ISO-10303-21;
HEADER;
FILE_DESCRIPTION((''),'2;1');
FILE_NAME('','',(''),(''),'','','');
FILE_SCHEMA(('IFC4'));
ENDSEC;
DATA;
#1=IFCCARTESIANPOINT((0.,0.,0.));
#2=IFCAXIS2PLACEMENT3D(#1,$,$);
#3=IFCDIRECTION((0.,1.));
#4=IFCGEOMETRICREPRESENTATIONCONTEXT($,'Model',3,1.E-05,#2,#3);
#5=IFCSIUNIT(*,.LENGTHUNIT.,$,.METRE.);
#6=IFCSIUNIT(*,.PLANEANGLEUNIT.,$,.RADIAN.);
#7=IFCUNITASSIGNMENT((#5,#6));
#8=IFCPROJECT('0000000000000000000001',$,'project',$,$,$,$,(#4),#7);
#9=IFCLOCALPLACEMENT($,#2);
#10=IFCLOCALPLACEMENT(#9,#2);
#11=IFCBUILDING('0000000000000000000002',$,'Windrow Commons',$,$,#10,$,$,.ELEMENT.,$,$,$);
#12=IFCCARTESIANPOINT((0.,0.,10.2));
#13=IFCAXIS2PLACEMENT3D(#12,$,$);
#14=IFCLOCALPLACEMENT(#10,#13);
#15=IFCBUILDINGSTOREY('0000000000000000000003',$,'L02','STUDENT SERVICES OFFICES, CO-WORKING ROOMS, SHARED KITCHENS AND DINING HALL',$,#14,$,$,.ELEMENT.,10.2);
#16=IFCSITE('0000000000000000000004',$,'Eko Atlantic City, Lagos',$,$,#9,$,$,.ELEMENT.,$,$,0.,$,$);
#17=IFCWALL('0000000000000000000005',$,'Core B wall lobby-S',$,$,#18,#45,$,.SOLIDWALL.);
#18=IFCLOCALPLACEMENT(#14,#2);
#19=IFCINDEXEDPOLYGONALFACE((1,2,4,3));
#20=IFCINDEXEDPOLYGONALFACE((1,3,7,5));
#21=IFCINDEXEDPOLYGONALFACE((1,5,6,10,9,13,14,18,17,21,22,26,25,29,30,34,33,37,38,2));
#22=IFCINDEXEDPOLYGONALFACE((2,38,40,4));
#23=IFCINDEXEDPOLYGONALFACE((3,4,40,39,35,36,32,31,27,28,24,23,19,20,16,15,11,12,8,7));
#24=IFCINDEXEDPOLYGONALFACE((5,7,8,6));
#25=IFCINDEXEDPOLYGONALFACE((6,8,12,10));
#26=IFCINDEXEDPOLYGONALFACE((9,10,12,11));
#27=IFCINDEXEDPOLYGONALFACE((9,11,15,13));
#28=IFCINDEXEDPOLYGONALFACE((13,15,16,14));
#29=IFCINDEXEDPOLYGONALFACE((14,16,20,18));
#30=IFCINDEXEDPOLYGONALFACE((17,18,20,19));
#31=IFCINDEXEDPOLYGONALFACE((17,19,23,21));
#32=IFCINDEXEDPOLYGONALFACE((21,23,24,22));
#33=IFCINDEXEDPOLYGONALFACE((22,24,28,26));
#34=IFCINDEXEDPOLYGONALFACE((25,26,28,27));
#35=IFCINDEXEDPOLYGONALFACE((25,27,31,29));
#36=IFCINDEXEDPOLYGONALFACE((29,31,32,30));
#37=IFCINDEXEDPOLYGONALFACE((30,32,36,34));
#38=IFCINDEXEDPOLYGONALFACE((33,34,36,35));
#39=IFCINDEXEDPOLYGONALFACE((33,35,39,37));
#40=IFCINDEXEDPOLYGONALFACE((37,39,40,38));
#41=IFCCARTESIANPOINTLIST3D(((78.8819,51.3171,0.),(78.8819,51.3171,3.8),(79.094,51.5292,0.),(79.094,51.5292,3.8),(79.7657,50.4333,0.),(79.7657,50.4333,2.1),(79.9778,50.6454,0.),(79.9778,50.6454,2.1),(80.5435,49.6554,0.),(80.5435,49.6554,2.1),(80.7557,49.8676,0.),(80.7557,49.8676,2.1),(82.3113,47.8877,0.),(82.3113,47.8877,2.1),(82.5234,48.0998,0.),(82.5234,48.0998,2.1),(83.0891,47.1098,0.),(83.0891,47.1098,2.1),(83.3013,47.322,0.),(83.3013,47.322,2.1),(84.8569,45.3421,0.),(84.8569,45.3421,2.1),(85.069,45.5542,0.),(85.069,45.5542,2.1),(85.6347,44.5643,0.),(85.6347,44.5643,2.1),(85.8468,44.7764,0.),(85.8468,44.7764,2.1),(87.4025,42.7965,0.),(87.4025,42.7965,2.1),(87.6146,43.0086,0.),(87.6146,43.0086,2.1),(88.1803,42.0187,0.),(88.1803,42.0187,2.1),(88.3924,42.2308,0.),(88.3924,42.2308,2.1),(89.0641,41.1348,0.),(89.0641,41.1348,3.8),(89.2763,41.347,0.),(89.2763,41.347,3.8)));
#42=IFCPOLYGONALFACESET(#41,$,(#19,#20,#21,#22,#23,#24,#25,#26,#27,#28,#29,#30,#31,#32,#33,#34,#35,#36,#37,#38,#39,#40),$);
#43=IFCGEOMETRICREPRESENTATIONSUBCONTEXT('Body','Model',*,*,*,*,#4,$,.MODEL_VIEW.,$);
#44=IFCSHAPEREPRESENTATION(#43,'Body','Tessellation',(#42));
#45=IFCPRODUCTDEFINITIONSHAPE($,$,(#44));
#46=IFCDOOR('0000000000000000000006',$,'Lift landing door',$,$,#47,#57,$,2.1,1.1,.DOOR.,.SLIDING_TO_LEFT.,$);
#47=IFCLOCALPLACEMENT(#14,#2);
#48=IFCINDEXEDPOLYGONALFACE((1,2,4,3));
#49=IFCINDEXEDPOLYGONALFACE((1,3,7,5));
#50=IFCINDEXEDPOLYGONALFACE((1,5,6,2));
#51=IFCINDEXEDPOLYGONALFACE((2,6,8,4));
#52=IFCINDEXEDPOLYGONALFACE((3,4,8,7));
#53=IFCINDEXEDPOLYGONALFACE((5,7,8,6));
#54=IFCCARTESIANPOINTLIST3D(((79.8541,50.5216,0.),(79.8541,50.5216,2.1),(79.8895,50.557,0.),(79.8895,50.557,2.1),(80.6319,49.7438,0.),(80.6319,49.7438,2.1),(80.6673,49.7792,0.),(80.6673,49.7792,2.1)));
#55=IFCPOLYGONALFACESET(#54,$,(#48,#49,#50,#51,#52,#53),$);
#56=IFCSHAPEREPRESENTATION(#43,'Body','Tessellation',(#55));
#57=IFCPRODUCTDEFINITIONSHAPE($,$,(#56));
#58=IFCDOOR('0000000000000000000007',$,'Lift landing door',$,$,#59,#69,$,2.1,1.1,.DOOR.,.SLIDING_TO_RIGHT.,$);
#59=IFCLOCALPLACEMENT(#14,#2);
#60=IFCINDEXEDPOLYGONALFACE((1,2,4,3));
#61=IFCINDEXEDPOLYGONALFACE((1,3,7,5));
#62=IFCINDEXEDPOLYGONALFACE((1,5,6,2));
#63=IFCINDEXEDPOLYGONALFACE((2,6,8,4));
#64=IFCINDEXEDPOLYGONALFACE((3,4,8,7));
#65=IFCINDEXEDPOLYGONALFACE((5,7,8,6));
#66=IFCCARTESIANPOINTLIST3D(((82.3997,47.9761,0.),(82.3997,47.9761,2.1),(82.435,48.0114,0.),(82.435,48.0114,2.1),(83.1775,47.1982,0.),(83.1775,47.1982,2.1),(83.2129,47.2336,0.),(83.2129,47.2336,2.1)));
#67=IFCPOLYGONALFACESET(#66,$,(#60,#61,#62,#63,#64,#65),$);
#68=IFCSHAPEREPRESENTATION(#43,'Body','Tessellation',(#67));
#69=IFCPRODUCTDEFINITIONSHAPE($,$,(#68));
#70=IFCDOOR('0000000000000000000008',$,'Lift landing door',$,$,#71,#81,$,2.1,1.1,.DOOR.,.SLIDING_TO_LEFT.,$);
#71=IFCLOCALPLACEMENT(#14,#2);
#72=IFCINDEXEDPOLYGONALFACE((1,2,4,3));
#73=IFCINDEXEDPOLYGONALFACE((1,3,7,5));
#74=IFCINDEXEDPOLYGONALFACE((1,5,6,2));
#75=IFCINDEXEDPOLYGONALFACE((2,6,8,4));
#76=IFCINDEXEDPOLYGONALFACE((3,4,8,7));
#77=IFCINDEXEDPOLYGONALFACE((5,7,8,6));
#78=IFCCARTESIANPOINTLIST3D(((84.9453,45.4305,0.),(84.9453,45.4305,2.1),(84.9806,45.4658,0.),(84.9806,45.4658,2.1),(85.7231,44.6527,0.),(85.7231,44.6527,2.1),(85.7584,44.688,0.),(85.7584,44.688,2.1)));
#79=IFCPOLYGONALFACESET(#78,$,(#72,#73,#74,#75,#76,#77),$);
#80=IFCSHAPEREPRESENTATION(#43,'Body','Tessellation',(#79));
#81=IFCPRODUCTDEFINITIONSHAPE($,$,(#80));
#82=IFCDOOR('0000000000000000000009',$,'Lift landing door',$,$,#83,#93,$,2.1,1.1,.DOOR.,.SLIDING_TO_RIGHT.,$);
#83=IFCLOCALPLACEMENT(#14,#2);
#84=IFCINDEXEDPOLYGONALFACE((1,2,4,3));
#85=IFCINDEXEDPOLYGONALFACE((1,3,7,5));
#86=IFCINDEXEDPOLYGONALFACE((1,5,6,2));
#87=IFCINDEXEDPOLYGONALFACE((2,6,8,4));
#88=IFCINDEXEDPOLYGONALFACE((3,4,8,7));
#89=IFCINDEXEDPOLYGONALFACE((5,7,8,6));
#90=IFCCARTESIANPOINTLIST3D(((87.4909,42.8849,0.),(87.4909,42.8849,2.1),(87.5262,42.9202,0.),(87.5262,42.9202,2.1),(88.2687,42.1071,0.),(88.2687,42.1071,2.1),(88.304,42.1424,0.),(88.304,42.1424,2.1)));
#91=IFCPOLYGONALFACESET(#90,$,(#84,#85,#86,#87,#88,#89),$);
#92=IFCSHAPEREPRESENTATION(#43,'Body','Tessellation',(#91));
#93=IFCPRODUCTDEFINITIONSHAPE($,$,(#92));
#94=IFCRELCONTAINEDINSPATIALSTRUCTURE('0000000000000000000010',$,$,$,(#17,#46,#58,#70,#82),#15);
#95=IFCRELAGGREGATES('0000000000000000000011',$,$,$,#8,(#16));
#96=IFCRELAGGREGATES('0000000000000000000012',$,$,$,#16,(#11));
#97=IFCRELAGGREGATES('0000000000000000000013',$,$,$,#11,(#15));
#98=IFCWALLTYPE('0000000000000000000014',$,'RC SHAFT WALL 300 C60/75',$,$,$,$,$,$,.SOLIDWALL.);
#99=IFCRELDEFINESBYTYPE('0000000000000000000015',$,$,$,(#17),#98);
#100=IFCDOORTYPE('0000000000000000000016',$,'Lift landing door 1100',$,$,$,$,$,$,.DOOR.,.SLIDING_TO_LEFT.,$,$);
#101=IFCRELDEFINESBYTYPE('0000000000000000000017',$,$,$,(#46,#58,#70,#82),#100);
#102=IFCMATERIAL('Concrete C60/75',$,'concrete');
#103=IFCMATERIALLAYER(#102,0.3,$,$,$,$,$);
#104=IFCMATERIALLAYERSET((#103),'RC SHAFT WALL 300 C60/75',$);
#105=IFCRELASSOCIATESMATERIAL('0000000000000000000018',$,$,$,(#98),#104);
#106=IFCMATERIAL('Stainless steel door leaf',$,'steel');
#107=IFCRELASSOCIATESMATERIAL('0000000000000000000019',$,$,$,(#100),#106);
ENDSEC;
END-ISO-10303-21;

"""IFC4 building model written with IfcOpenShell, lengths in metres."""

from ifc_helpers import new_model, si_unit, direction, frame, frame_2d, origin, place, context, subcontext, project, spatial, rectangle, extrude, material, layer, layer_set, type_object, element, fill, save


model = new_model("IFC4")

# Units and contexts
model_context = context("Model", 3, precision=1e-05, world=origin(), true_north=direction((0.0, 1.0)))
body_context = subcontext(model_context, "Body", "Model", "MODEL_VIEW")
ifc_project = project(units=[si_unit("LENGTHUNIT", "METRE"), si_unit("PLANEANGLEUNIT", "RADIAN")], contexts=[model_context])

# Site, building, storey
site_placement = place(None, origin())
site = spatial("IfcSite", under=ifc_project, at=site_placement, Name="Eko Atlantic City, Lagos", CompositionType="ELEMENT", RefElevation=0.0)
building_placement = place(site_placement, origin())
building = spatial("IfcBuilding", under=site, at=building_placement, Name="Windrow Commons", CompositionType="ELEMENT")
storey_placement = place(building_placement, frame((0.0, 0.0, 10.2)))
storey = spatial("IfcBuildingStorey", under=building, at=storey_placement, Name="L02", Description="STUDENT SERVICES OFFICES, CO-WORKING ROOMS, SHARED KITCHENS AND DINING HALL", CompositionType="ELEMENT", Elevation=10.2)

# Shared definitions
ifc_material_1 = material(Name="Concrete C60/75", Category="concrete")
ifc_layer_1 = layer(ifc_material_1, 0.3)
ifc_layer_set_1 = layer_set([ifc_layer_1], Name="RC SHAFT WALL 300 C60/75")
wall_type_1 = type_object("IfcWallType", Name="RC SHAFT WALL 300 C60/75", PredefinedType="SOLIDWALL", material=ifc_layer_set_1)

# Wall, openings, doors
wall_1_placement = place(storey_placement, frame((78.9879, 51.4232, 0.0), z_axis=(0.0, 0.0, 1.0), x_axis=(0.707107, -0.707107, 0.0)))
wall_1 = element("IfcWall", 1, at=wall_1_placement, inside=storey, type_object=wall_type_1, Name="Core B wall lobby-S", PredefinedType="SOLIDWALL", context=body_context, shape_type="SweptSolid", body=[
    extrude(rectangle(XDim=14.3999, YDim=0.3, at=frame_2d((7.2, 0.0))), origin(), (0.0, 0.0, 1.0), 3.8),
])
opening_1_placement = place(wall_1_placement, frame((1.25, 0.0, 0.0)))
opening_1 = element("IfcOpeningElement", 2, at=opening_1_placement, cuts=wall_1, PredefinedType="OPENING", context=body_context, shape_type="SweptSolid", body=[
    extrude(rectangle(XDim=1.1, YDim=2.1, at=frame_2d((0.55, 1.05))), frame((0.0, 0.16, 0.0), z_axis=(0.0, -1.0, 0.0), x_axis=(1.0, 0.0, 0.0)), (0.0, 0.0, 1.0), 0.32),
])
opening_2_placement = place(wall_1_placement, frame((4.85, 0.0, 0.0)))
opening_2 = element("IfcOpeningElement", 3, at=opening_2_placement, cuts=wall_1, PredefinedType="OPENING", context=body_context, shape_type="SweptSolid", body=[
    extrude(rectangle(XDim=1.1, YDim=2.1, at=frame_2d((0.55, 1.05))), frame((0.0, 0.16, 0.0), z_axis=(0.0, -1.0, 0.0), x_axis=(1.0, 0.0, 0.0)), (0.0, 0.0, 1.0), 0.32),
])
opening_3_placement = place(wall_1_placement, frame((8.45, 0.0, 0.0)))
opening_3 = element("IfcOpeningElement", 4, at=opening_3_placement, cuts=wall_1, PredefinedType="OPENING", context=body_context, shape_type="SweptSolid", body=[
    extrude(rectangle(XDim=1.1, YDim=2.1, at=frame_2d((0.55, 1.05))), frame((0.0, 0.16, 0.0), z_axis=(0.0, -1.0, 0.0), x_axis=(1.0, 0.0, 0.0)), (0.0, 0.0, 1.0), 0.32),
])
opening_4_placement = place(wall_1_placement, frame((12.05, 0.0, 0.0)))
opening_4 = element("IfcOpeningElement", 5, at=opening_4_placement, cuts=wall_1, PredefinedType="OPENING", context=body_context, shape_type="SweptSolid", body=[
    extrude(rectangle(XDim=1.1, YDim=2.1, at=frame_2d((0.55, 1.05))), frame((0.0, 0.16, 0.0), z_axis=(0.0, -1.0, 0.0), x_axis=(1.0, 0.0, 0.0)), (0.0, 0.0, 1.0), 0.32),
])
ifc_material_2 = material(Name="Stainless steel door leaf", Category="steel")
door_type_1 = type_object("IfcDoorType", Name="Lift landing door 1100", OperationType="SLIDING_TO_LEFT", PredefinedType="DOOR", material=ifc_material_2)
door_1_placement = place(opening_1_placement, origin())
door_1 = element("IfcDoor", 6, at=door_1_placement, inside=storey, type_object=door_type_1, Name="Lift landing door", OperationType="SLIDING_TO_LEFT", OverallHeight=2.1, OverallWidth=1.1, PredefinedType="DOOR", context=body_context, shape_type="SweptSolid", body=[
    extrude(rectangle(XDim=1.1, YDim=2.1, at=frame_2d((0.55, 1.05))), frame((0.0, 0.025, 0.0), z_axis=(0.0, -1.0, 0.0), x_axis=(1.0, 0.0, 0.0)), (0.0, 0.0, 1.0), 0.05),
])
fill(opening_1, door_1)
door_2_placement = place(opening_2_placement, origin())
door_2 = element("IfcDoor", 7, at=door_2_placement, inside=storey, type_object=door_type_1, Name="Lift landing door", OperationType="SLIDING_TO_RIGHT", OverallHeight=2.1, OverallWidth=1.1, PredefinedType="DOOR", context=body_context, shape_type="SweptSolid", body=[
    extrude(rectangle(XDim=1.1, YDim=2.1, at=frame_2d((0.55, 1.05))), frame((0.0, 0.025, 0.0), z_axis=(0.0, -1.0, 0.0), x_axis=(1.0, 0.0, 0.0)), (0.0, 0.0, 1.0), 0.05),
])
fill(opening_2, door_2)
door_3_placement = place(opening_3_placement, origin())
door_3 = element("IfcDoor", 8, at=door_3_placement, inside=storey, type_object=door_type_1, Name="Lift landing door", OperationType="SLIDING_TO_LEFT", OverallHeight=2.1, OverallWidth=1.1, PredefinedType="DOOR", context=body_context, shape_type="SweptSolid", body=[
    extrude(rectangle(XDim=1.1, YDim=2.1, at=frame_2d((0.55, 1.05))), frame((0.0, 0.025, 0.0), z_axis=(0.0, -1.0, 0.0), x_axis=(1.0, 0.0, 0.0)), (0.0, 0.0, 1.0), 0.05),
])
fill(opening_3, door_3)
door_4_placement = place(opening_4_placement, origin())
door_4 = element("IfcDoor", 9, at=door_4_placement, inside=storey, type_object=door_type_1, Name="Lift landing door", OperationType="SLIDING_TO_RIGHT", OverallHeight=2.1, OverallWidth=1.1, PredefinedType="DOOR", context=body_context, shape_type="SweptSolid", body=[
    extrude(rectangle(XDim=1.1, YDim=2.1, at=frame_2d((0.55, 1.05))), frame((0.0, 0.025, 0.0), z_axis=(0.0, -1.0, 0.0), x_axis=(1.0, 0.0, 0.0)), (0.0, 0.0, 1.0), 0.05),
])
fill(opening_4, door_4)

save(model, "model.ifc")
